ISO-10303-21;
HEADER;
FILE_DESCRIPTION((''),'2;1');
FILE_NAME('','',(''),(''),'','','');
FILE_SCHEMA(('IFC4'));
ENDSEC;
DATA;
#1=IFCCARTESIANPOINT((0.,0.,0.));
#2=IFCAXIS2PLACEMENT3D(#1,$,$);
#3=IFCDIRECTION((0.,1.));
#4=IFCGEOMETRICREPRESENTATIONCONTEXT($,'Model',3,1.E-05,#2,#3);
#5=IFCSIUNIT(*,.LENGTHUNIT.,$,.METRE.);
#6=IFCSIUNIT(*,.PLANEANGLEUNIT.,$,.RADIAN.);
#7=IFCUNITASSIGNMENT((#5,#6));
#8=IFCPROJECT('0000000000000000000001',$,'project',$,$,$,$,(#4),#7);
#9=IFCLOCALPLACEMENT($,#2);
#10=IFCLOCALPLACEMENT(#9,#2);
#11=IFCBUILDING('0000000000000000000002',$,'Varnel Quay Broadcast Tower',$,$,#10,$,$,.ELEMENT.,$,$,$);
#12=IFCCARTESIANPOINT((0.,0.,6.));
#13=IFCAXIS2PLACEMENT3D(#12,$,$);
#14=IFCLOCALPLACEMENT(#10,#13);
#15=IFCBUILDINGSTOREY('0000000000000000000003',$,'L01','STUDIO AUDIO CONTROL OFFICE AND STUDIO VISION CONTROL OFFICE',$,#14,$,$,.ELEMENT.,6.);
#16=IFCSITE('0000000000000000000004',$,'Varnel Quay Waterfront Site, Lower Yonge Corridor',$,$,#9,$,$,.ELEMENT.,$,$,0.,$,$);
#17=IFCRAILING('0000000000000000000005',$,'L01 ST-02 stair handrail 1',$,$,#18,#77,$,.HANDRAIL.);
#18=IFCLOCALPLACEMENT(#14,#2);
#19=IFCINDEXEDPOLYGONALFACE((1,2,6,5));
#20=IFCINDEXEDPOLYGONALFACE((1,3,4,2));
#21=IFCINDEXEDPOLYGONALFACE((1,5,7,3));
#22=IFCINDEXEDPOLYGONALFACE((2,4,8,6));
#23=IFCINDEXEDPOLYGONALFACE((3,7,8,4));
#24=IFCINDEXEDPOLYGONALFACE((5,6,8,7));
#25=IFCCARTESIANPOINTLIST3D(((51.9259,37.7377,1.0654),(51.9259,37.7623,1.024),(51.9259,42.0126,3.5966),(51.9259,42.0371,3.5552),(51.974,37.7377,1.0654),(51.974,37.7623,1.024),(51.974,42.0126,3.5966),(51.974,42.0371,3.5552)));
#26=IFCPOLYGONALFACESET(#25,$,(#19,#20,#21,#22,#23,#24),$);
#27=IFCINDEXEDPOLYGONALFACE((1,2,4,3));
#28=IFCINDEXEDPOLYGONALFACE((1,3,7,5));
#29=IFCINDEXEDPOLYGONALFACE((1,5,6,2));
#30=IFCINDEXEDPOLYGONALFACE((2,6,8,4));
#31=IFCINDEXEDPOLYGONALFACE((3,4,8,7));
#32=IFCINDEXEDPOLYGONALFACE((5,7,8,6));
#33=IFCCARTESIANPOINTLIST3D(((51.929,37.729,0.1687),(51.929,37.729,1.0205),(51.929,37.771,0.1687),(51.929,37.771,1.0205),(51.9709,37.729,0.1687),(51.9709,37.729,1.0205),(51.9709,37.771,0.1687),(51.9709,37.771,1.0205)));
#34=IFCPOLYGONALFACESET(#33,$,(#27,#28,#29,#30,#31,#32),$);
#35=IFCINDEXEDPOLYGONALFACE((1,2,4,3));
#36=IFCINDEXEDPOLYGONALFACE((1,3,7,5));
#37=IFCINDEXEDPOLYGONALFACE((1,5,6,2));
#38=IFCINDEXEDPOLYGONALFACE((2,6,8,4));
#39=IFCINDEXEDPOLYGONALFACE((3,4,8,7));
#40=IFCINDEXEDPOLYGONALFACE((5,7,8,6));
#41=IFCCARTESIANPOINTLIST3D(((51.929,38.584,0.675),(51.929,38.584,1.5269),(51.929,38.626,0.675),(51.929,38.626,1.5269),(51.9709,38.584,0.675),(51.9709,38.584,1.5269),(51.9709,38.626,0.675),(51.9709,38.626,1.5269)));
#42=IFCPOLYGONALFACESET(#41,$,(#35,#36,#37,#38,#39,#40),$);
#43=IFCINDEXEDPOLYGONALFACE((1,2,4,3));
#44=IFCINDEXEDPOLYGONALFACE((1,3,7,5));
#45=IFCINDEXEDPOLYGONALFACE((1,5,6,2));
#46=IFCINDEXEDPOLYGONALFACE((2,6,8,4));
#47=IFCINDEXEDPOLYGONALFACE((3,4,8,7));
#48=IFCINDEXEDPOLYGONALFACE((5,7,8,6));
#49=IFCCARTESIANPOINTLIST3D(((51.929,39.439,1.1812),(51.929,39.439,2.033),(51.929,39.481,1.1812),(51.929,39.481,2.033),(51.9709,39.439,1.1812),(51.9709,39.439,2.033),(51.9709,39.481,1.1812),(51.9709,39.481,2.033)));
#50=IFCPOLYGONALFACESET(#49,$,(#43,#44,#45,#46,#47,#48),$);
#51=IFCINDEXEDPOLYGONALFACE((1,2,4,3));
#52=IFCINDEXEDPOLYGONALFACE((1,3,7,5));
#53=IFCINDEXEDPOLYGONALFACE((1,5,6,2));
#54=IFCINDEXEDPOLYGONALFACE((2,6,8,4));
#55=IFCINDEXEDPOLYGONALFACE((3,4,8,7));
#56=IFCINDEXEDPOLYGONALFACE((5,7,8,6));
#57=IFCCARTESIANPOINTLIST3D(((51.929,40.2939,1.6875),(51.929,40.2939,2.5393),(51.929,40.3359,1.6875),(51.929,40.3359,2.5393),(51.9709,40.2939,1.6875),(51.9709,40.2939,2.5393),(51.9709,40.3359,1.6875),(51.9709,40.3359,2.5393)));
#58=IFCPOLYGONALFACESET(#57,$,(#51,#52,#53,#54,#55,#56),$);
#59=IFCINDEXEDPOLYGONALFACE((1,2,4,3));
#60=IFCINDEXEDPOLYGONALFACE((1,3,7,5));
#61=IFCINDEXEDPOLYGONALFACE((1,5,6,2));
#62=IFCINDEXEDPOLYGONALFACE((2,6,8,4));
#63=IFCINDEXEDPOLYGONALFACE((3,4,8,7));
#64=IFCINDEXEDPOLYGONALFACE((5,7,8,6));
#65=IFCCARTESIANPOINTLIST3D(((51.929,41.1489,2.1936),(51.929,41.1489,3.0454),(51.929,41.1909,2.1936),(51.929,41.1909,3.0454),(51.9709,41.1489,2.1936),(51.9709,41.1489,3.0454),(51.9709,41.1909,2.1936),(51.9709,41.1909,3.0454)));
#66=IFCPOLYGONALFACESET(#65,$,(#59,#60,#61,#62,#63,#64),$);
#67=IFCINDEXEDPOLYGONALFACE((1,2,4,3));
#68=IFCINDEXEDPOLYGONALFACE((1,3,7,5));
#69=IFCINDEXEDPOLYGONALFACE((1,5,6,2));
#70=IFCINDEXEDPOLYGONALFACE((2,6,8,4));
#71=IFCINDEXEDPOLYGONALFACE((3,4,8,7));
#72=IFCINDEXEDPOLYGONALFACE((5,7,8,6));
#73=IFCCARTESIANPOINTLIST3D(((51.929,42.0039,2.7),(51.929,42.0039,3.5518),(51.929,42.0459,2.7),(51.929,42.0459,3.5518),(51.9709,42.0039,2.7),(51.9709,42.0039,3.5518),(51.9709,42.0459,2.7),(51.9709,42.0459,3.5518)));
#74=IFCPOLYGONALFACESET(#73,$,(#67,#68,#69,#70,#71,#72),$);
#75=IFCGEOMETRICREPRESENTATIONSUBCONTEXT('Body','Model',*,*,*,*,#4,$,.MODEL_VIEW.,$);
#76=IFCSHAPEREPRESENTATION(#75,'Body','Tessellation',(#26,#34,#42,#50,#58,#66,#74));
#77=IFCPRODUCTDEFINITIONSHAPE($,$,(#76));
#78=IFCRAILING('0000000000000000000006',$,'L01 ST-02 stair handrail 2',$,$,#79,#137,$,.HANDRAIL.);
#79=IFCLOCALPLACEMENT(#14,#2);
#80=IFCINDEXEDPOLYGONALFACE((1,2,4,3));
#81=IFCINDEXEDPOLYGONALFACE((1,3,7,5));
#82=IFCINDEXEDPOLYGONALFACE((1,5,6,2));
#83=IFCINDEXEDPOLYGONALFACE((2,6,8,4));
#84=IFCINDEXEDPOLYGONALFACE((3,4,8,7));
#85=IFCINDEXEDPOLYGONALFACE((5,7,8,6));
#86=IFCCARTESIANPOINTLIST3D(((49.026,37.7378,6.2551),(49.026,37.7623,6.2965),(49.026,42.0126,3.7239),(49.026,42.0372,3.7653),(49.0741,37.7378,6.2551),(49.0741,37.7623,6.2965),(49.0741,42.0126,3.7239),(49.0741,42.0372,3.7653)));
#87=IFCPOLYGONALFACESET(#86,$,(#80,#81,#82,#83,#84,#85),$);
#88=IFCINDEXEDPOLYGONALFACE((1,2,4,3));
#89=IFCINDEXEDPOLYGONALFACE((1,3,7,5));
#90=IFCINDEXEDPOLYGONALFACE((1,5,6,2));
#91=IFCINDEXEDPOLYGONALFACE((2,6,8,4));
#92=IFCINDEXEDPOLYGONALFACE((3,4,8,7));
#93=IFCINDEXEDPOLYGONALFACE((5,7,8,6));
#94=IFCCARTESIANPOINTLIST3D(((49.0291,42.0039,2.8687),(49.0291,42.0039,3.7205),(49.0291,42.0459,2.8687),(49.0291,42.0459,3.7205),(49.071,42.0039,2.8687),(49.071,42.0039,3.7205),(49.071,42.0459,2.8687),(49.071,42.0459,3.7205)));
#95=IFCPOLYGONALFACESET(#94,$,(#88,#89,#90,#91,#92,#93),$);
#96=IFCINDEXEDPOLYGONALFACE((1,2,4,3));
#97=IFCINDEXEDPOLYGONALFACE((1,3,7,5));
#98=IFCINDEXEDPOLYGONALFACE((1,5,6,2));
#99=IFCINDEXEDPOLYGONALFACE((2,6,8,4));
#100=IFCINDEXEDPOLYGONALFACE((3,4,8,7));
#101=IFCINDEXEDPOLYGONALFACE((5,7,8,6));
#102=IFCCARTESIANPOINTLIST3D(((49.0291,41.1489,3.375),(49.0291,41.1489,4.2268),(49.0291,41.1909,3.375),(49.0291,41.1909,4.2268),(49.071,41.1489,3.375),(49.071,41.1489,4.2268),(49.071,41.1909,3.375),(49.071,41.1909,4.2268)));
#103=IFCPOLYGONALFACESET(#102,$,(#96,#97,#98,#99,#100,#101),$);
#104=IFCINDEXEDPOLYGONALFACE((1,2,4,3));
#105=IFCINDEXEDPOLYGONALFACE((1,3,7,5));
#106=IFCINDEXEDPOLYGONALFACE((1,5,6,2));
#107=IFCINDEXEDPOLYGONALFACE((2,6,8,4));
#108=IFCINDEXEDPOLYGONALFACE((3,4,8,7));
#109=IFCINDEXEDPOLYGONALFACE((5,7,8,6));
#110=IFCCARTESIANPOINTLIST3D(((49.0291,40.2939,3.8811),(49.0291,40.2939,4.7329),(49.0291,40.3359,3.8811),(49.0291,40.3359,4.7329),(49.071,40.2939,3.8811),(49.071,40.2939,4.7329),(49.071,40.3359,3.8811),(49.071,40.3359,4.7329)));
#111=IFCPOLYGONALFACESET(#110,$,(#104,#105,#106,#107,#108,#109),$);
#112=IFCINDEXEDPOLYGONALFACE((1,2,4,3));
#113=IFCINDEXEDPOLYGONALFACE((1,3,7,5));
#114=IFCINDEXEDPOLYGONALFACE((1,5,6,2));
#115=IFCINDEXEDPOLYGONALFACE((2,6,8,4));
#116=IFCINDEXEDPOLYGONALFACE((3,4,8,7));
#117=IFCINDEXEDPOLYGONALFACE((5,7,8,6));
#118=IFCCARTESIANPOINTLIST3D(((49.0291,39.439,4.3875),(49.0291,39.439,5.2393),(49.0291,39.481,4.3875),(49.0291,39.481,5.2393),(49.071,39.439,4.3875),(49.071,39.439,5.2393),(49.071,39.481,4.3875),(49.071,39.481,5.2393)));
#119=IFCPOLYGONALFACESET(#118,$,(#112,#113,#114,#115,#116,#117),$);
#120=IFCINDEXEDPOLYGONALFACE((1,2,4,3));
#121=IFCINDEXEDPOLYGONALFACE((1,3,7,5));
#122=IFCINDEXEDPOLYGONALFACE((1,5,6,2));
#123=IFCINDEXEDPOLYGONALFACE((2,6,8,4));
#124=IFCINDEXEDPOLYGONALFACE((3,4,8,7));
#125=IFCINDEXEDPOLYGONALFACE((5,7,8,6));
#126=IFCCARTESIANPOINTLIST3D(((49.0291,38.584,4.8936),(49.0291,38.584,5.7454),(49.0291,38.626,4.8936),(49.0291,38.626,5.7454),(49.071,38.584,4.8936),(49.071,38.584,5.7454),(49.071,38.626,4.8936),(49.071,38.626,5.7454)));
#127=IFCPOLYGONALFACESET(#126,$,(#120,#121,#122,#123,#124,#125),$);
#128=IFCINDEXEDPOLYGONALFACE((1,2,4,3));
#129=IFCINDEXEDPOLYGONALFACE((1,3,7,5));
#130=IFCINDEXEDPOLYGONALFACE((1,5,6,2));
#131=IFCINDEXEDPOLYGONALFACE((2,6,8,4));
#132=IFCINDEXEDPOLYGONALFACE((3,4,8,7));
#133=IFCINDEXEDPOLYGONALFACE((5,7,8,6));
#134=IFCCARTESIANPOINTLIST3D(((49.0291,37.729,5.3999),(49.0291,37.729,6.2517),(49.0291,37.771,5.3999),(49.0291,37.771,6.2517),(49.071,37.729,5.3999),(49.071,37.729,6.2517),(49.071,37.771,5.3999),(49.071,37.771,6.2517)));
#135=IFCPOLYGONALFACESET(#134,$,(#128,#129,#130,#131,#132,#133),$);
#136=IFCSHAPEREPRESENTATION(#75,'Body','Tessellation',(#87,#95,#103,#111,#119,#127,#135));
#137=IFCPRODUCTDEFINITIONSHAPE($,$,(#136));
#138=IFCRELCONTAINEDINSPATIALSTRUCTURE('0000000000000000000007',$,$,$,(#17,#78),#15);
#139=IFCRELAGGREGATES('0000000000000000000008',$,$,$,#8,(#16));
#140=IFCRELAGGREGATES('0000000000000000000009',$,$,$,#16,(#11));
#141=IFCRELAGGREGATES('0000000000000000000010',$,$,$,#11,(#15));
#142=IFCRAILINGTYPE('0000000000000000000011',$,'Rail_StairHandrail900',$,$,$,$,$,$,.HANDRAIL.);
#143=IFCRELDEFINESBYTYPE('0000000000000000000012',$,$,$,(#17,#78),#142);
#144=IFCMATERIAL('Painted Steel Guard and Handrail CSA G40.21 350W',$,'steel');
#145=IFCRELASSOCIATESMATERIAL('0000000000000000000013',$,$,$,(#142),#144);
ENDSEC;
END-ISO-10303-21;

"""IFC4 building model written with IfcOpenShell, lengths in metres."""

from ifc_helpers import new_model, si_unit, direction, frame, origin, origin_2d, place, context, subcontext, project, spatial, rectangle, extrude, material, type_object, element, save


model = new_model("IFC4")

# Units and contexts
model_context = context("Model", 3, precision=1e-05, world=origin(), true_north=direction((0.0, 1.0)))
body_context = subcontext(model_context, "Body", "Model", "MODEL_VIEW")
ifc_project = project(units=[si_unit("LENGTHUNIT", "METRE"), si_unit("PLANEANGLEUNIT", "RADIAN")], contexts=[model_context])

# Site, building, storey
site_placement = place(None, origin())
site = spatial("IfcSite", under=ifc_project, at=site_placement, Name="Varnel Quay Waterfront Site, Lower Yonge Corridor", CompositionType="ELEMENT", RefElevation=0.0)
building_placement = place(site_placement, origin())
building = spatial("IfcBuilding", under=site, at=building_placement, Name="Varnel Quay Broadcast Tower", CompositionType="ELEMENT")
storey_placement = place(building_placement, frame((0.0, 0.0, 6.0)))
storey = spatial("IfcBuildingStorey", under=building, at=storey_placement, Name="L01", Description="STUDIO AUDIO CONTROL OFFICE AND STUDIO VISION CONTROL OFFICE", CompositionType="ELEMENT", Elevation=6.0)

# Railings
ifc_material_1 = material(Name="Painted Steel Guard and Handrail CSA G40.21 350W", Category="steel")
railing_type_1 = type_object("IfcRailingType", Name="Rail_StairHandrail900", PredefinedType="HANDRAIL", material=ifc_material_1)
railing_1_placement = place(storey_placement, frame((51.95, 37.75, 0.1687)))
element("IfcRailing", 1, at=railing_1_placement, inside=storey, type_object=railing_type_1, Name="L01 ST-02 stair handrail 1", PredefinedType="HANDRAIL", context=body_context, shape_type="SweptSolid", body=[
    extrude(rectangle(XDim=0.0481, YDim=0.0481, at=origin_2d()), frame((0.0, 0.0, 0.876), z_axis=(0.0, 0.86047, 0.509501), x_axis=(-1.0, 0.0, 0.0)), (0.0, 0.0, 1.0), 4.968),
    extrude(rectangle(XDim=0.042, YDim=0.042, at=origin_2d()), origin(), (0.0, 0.0, 1.0), 0.8518),
    extrude(rectangle(XDim=0.042, YDim=0.042, at=origin_2d()), frame((0.0, 0.855, 0.5063)), (0.0, 0.0, 1.0), 0.8518),
    extrude(rectangle(XDim=0.042, YDim=0.042, at=origin_2d()), frame((0.0, 1.71, 1.0125)), (0.0, 0.0, 1.0), 0.8518),
    extrude(rectangle(XDim=0.042, YDim=0.042, at=origin_2d()), frame((0.0, 2.5649, 1.5188)), (0.0, 0.0, 1.0), 0.8518),
    extrude(rectangle(XDim=0.042, YDim=0.042, at=origin_2d()), frame((0.0, 3.4199, 2.0249)), (0.0, 0.0, 1.0), 0.8518),
    extrude(rectangle(XDim=0.042, YDim=0.042, at=origin_2d()), frame((0.0, 4.2749, 2.5312)), (0.0, 0.0, 1.0), 0.8518),
])
railing_2_placement = place(storey_placement, frame((49.05, 42.0249, 2.8687)))
element("IfcRailing", 2, at=railing_2_placement, inside=storey, type_object=railing_type_1, Name="L01 ST-02 stair handrail 2", PredefinedType="HANDRAIL", context=body_context, shape_type="SweptSolid", body=[
    extrude(rectangle(XDim=0.0481, YDim=0.0481, at=origin_2d()), frame((0.0, 0.0, 0.876), z_axis=(0.0, -0.86047, 0.509501), x_axis=(1.0, 0.0, 0.0)), (0.0, 0.0, 1.0), 4.968),
    extrude(rectangle(XDim=0.042, YDim=0.042, at=origin_2d()), origin(), (0.0, 0.0, 1.0), 0.8518),
    extrude(rectangle(XDim=0.042, YDim=0.042, at=origin_2d()), frame((0.0, -0.855, 0.5063)), (0.0, 0.0, 1.0), 0.8518),
    extrude(rectangle(XDim=0.042, YDim=0.042, at=origin_2d()), frame((0.0, -1.71, 1.0125)), (0.0, 0.0, 1.0), 0.8518),
    extrude(rectangle(XDim=0.042, YDim=0.042, at=origin_2d()), frame((0.0, -2.5649, 1.5188)), (0.0, 0.0, 1.0), 0.8518),
    extrude(rectangle(XDim=0.042, YDim=0.042, at=origin_2d()), frame((0.0, -3.4199, 2.0249)), (0.0, 0.0, 1.0), 0.8518),
    extrude(rectangle(XDim=0.042, YDim=0.042, at=origin_2d()), frame((0.0, -4.2749, 2.5312)), (0.0, 0.0, 1.0), 0.8518),
])

save(model, "model.ifc")
